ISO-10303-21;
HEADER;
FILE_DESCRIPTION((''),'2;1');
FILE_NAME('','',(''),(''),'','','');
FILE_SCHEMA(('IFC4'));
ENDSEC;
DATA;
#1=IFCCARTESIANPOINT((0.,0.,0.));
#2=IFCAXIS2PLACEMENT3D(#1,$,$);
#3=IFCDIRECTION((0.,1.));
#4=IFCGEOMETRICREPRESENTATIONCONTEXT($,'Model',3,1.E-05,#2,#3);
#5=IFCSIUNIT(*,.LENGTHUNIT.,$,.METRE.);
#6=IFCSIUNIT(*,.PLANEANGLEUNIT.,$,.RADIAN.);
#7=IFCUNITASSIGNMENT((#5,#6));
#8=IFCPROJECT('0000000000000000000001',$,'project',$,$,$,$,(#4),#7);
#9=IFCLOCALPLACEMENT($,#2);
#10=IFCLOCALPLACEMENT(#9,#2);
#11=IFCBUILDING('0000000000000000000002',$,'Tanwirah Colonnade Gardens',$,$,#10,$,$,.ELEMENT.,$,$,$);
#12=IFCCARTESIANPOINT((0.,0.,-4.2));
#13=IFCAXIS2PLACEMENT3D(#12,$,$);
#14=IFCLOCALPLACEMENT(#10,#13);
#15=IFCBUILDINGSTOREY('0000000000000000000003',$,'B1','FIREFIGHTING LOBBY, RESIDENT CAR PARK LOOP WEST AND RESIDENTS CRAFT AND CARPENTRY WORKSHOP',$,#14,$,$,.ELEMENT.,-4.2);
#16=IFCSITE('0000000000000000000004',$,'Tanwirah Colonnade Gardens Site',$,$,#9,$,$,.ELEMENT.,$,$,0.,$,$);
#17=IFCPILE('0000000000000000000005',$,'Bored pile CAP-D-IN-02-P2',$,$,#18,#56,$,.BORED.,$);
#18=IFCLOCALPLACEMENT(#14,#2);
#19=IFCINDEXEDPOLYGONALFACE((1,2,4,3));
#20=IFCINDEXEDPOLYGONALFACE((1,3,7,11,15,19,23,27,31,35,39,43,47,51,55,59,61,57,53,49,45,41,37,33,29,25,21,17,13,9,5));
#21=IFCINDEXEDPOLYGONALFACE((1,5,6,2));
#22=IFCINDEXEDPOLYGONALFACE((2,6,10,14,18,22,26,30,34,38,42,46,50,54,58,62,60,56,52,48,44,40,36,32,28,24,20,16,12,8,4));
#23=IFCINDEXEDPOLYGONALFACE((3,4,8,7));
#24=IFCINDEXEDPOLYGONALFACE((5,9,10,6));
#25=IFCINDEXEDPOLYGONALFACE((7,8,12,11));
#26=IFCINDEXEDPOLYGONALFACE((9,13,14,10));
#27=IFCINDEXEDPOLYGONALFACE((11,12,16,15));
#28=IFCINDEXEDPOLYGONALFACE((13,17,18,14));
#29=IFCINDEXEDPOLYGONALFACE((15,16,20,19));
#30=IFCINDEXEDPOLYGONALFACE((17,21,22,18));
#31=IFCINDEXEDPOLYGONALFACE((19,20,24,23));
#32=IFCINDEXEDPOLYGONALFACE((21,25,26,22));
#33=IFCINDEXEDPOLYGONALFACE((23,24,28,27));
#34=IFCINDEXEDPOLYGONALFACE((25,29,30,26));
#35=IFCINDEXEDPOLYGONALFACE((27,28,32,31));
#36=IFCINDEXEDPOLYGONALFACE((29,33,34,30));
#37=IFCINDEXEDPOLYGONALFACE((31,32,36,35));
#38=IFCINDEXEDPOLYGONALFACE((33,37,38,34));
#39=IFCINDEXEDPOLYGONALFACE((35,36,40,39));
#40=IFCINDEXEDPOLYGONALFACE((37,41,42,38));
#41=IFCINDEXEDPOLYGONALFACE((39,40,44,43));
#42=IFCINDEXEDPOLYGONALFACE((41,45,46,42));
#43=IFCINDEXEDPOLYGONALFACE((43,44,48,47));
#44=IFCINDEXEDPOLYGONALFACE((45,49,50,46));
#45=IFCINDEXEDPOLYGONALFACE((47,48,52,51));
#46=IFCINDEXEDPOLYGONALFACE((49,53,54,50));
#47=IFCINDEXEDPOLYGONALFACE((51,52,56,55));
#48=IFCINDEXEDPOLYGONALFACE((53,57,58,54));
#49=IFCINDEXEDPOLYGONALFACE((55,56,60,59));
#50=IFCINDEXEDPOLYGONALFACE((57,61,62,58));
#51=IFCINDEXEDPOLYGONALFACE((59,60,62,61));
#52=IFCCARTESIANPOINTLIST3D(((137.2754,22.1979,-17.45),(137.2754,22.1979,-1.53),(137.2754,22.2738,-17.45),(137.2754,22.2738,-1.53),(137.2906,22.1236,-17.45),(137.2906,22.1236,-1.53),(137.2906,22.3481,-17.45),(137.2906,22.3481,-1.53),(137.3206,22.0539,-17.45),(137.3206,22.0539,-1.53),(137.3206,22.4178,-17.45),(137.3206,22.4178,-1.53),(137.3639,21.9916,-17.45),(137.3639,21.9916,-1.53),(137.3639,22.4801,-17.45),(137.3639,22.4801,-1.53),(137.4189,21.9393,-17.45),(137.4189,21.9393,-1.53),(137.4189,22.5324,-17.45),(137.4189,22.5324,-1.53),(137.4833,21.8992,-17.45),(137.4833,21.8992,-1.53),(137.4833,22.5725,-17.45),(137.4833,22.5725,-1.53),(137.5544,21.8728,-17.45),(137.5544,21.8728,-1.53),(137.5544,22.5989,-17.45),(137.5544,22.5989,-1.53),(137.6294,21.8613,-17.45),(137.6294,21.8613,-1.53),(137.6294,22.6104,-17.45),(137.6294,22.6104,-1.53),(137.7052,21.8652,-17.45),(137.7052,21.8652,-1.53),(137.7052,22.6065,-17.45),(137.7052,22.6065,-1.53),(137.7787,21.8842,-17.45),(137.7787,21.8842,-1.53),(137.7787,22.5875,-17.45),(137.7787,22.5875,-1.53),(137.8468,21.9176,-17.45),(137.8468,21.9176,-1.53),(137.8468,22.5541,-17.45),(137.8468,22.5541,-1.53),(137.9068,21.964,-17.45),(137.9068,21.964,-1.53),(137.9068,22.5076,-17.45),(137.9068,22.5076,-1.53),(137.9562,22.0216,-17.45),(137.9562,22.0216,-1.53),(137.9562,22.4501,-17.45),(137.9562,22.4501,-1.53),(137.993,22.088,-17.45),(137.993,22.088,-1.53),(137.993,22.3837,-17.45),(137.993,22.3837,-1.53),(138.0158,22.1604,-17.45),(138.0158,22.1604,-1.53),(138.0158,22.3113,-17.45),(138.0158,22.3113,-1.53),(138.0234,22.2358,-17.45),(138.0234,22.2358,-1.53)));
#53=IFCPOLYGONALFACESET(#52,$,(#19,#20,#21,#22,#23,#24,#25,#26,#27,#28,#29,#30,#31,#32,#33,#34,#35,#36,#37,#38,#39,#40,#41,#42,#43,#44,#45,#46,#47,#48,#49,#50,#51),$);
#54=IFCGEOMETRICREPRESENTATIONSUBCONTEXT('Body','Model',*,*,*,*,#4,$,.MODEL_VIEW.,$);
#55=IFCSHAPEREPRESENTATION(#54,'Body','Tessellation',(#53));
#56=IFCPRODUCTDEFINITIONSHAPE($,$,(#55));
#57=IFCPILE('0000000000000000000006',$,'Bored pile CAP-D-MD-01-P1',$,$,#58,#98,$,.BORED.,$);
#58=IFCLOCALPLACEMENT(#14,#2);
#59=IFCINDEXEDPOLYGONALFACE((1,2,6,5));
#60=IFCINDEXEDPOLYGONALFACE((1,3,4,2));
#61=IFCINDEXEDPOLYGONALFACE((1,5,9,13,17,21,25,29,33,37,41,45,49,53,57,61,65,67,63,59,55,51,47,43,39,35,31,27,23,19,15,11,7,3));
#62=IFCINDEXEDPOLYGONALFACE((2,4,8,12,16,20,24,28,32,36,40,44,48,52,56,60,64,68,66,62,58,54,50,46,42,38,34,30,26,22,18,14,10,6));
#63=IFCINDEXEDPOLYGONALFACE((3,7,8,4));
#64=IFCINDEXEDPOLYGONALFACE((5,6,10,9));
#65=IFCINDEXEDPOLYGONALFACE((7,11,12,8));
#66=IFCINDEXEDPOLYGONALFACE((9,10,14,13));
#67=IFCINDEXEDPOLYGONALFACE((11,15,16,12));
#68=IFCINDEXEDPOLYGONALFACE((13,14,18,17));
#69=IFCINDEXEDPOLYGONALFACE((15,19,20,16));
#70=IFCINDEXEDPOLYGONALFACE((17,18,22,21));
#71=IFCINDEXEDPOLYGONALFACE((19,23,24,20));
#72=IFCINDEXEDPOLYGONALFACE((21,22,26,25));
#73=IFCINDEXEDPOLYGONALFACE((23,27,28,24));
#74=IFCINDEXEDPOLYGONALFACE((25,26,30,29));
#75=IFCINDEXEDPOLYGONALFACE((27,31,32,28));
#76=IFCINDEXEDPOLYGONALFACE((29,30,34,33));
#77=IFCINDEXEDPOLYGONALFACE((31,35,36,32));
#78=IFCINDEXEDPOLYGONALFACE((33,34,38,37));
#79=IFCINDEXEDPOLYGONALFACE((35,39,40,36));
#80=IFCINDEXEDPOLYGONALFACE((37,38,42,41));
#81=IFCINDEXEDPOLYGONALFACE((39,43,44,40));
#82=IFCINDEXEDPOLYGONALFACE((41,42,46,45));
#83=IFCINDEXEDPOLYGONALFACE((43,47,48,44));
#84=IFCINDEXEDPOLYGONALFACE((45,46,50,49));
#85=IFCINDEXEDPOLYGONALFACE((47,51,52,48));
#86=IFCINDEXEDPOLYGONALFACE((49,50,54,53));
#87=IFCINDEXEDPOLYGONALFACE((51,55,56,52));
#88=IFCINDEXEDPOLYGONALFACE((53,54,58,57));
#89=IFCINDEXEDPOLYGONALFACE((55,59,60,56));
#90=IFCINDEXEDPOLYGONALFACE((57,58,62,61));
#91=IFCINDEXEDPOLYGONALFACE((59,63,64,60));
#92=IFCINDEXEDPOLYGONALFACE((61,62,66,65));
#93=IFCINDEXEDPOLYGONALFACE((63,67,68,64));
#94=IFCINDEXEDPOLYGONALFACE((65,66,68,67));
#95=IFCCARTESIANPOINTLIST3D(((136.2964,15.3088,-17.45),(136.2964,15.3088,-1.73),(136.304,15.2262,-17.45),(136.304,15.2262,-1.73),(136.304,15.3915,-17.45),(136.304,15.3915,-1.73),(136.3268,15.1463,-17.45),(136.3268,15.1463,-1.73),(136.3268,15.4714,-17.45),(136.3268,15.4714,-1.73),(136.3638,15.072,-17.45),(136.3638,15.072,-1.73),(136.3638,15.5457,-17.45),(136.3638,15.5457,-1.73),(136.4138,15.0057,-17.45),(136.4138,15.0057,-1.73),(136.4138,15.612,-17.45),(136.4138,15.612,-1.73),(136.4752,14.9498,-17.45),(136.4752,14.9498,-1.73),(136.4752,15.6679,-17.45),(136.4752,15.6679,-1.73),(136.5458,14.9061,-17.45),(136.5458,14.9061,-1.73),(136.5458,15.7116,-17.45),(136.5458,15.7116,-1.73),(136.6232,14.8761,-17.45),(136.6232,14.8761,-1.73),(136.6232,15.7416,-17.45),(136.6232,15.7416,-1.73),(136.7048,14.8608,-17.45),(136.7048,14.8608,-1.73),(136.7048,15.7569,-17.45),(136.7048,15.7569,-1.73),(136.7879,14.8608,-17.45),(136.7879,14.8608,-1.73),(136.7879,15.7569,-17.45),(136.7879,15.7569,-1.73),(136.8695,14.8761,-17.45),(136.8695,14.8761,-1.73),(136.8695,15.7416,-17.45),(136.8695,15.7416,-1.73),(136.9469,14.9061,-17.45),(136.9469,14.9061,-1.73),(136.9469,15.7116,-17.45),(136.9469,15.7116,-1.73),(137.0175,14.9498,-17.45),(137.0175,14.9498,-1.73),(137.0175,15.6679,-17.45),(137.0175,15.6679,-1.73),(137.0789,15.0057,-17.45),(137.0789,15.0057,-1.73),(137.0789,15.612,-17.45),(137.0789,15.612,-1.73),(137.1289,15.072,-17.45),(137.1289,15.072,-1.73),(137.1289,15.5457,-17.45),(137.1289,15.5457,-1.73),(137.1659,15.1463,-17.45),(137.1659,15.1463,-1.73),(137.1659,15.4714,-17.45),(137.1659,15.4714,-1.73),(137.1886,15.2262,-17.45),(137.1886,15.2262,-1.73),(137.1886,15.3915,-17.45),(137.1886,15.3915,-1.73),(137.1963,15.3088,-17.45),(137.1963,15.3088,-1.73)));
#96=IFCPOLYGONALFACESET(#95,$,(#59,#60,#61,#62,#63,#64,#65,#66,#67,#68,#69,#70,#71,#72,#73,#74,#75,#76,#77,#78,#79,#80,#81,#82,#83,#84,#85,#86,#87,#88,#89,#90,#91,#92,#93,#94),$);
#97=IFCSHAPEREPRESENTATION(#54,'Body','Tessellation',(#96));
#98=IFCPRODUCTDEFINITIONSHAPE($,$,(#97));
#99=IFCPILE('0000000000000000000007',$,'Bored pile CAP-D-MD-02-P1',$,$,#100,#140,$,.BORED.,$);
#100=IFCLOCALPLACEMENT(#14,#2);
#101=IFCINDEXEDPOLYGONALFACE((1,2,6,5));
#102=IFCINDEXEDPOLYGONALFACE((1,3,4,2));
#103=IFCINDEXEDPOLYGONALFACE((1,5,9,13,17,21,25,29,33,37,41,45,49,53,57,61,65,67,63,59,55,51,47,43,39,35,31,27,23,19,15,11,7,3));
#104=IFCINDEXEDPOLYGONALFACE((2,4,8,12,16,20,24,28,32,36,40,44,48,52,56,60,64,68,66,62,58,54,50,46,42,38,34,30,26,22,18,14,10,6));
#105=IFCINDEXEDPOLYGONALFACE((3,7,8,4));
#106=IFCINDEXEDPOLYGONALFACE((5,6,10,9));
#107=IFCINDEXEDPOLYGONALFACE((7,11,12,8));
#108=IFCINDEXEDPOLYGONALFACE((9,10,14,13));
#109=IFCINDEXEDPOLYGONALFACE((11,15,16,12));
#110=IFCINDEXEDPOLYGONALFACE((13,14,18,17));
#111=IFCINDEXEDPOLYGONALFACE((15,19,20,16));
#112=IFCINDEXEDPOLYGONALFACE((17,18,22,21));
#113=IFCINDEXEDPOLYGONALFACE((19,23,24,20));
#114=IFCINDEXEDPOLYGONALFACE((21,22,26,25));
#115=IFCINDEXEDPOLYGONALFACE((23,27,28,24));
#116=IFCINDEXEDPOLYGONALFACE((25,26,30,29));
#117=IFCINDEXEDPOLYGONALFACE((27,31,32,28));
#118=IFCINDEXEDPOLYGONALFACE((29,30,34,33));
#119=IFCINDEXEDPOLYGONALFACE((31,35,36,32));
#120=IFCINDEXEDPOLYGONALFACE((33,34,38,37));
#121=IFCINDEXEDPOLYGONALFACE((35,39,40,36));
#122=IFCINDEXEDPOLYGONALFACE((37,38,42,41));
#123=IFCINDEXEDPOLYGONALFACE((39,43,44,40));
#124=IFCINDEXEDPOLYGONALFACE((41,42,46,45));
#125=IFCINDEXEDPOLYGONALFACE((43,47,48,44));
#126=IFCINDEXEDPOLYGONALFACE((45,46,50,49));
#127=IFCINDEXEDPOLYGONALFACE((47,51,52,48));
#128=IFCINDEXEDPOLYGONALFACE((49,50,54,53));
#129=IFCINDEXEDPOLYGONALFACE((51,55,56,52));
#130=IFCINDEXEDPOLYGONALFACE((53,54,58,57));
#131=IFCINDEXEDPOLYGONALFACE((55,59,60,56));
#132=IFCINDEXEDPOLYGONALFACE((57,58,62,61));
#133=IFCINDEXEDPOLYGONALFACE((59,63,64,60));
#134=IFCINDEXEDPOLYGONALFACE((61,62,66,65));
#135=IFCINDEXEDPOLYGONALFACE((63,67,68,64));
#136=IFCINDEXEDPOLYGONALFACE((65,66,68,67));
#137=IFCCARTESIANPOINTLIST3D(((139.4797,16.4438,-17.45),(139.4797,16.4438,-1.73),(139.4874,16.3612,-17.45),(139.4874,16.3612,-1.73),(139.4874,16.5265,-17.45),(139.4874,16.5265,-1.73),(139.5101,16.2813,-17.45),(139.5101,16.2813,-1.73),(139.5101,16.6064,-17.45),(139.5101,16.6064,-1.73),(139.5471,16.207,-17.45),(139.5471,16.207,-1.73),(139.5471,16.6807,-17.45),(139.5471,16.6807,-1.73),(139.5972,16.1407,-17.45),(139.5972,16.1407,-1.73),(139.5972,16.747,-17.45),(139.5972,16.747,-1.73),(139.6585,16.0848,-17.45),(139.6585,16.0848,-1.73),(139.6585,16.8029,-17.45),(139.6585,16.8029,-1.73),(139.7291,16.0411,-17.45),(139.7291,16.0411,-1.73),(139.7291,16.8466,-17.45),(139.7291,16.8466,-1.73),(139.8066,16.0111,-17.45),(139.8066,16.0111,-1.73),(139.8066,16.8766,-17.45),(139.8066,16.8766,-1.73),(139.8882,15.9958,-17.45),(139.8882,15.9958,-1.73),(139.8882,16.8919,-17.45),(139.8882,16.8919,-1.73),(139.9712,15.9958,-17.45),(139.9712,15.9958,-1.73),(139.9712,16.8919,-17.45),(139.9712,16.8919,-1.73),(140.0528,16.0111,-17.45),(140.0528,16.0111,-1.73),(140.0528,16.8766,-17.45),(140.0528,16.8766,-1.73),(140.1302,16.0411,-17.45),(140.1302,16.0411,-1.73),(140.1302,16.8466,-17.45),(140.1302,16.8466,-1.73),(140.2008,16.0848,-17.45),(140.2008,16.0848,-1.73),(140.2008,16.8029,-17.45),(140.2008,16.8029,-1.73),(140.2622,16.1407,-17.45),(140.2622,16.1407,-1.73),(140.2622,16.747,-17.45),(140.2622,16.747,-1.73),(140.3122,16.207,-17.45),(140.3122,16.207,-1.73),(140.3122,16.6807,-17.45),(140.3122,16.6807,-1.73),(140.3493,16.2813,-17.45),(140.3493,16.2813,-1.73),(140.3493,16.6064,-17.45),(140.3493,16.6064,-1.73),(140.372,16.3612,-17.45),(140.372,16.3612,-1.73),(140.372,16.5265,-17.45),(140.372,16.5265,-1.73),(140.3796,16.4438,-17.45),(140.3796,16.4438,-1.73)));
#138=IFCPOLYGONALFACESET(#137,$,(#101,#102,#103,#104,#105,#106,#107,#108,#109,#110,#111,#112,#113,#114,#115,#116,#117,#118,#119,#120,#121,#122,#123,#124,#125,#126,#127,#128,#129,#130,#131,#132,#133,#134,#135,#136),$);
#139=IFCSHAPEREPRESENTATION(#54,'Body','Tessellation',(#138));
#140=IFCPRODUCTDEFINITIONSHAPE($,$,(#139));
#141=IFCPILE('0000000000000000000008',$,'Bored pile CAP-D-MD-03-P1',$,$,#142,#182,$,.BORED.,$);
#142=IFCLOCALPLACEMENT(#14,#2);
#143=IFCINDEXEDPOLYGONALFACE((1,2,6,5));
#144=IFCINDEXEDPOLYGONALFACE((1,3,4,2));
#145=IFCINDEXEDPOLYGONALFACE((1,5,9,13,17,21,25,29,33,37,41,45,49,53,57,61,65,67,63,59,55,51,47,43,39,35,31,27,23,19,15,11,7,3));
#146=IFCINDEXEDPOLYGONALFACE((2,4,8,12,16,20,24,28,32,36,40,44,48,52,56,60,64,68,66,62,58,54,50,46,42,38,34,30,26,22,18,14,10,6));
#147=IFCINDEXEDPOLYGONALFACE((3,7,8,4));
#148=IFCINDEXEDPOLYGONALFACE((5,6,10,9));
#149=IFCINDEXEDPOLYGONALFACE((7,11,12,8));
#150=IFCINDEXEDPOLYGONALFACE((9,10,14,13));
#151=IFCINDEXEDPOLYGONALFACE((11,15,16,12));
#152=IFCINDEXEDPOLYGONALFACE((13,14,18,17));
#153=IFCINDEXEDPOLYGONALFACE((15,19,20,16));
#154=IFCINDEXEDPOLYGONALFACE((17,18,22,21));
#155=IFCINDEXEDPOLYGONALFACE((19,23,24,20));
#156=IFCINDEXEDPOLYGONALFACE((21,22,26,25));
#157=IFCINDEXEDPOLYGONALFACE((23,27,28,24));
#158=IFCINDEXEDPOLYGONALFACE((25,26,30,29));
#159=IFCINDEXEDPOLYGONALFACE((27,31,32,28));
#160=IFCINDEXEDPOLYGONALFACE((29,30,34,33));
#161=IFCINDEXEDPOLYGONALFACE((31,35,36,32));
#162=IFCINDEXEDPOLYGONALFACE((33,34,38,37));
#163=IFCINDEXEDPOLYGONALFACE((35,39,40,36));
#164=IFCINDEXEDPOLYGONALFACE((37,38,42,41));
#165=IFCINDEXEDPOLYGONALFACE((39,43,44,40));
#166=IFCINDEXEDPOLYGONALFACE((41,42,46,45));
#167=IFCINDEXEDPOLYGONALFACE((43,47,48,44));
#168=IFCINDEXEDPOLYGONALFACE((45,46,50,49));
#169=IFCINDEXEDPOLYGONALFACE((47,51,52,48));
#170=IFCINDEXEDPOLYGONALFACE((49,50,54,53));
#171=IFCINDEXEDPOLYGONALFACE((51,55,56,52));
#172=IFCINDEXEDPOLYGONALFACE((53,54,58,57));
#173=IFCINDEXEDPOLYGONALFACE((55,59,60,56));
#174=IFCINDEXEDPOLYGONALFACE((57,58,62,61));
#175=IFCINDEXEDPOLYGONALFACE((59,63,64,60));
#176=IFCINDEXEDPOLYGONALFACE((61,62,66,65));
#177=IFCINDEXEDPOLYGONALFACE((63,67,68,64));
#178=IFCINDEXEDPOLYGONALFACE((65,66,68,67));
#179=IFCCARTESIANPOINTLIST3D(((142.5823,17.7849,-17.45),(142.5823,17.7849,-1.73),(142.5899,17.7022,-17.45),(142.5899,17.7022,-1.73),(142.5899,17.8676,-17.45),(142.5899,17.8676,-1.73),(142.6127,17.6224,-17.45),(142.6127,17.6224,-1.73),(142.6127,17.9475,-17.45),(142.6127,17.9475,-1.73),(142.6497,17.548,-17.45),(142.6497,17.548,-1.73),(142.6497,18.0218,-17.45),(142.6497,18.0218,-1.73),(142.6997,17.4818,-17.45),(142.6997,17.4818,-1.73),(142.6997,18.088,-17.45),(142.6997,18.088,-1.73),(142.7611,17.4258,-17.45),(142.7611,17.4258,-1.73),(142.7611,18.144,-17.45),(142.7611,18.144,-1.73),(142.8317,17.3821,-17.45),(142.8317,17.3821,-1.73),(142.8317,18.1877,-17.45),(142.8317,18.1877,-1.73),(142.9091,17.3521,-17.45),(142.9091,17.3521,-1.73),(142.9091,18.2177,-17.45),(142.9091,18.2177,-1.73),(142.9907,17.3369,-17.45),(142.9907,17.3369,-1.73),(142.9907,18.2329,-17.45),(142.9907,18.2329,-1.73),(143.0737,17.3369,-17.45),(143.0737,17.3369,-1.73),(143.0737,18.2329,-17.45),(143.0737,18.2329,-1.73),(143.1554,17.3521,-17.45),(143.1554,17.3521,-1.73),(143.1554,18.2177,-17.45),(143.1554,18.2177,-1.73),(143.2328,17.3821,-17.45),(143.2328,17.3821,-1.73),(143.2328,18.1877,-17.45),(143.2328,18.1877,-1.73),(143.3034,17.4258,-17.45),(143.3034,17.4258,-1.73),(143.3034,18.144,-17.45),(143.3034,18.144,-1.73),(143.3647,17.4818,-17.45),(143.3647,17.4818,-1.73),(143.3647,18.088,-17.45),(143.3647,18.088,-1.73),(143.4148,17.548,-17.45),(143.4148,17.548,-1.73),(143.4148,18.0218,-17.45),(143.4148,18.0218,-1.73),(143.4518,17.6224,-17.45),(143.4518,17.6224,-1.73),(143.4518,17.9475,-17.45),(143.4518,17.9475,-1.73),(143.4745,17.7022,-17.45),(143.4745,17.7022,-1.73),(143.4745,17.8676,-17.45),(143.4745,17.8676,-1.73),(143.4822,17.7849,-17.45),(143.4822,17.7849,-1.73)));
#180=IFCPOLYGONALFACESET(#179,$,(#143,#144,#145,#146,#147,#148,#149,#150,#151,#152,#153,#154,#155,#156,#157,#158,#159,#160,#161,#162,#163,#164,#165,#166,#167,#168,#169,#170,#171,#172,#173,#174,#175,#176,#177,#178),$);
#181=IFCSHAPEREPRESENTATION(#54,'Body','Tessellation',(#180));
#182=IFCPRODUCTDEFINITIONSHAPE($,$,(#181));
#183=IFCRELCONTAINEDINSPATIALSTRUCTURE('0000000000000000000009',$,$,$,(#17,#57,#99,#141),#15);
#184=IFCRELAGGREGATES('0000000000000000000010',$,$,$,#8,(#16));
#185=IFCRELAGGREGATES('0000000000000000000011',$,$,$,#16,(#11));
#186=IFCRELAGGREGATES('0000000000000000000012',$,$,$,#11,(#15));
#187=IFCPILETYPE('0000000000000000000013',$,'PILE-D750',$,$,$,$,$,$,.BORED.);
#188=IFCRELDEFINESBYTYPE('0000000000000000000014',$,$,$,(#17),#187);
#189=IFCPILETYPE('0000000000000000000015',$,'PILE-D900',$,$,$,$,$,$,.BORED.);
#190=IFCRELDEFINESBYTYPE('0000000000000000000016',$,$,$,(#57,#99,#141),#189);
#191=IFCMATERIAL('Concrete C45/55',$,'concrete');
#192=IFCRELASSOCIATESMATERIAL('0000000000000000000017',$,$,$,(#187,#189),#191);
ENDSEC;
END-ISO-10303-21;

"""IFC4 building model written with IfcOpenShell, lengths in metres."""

from ifc_helpers import new_model, si_unit, direction, frame, origin, origin_2d, place, context, subcontext, project, spatial, circle, extrude, material, material_profile, profile_set, type_object, element, save


model = new_model("IFC4")

# Units and contexts
model_context = context("Model", 3, precision=1e-05, world=origin(), true_north=direction((0.0, 1.0)))
body_context = subcontext(model_context, "Body", "Model", "MODEL_VIEW")
ifc_project = project(units=[si_unit("LENGTHUNIT", "METRE"), si_unit("PLANEANGLEUNIT", "RADIAN")], contexts=[model_context])

# Site, building, storey
site_placement = place(None, origin())
site = spatial("IfcSite", under=ifc_project, at=site_placement, Name="Tanwirah Colonnade Gardens Site", CompositionType="ELEMENT", RefElevation=0.0)
building_placement = place(site_placement, origin())
building = spatial("IfcBuilding", under=site, at=building_placement, Name="Tanwirah Colonnade Gardens", CompositionType="ELEMENT")
storey_placement = place(building_placement, frame((0.0, 0.0, -4.2)))
storey = spatial("IfcBuildingStorey", under=building, at=storey_placement, Name="B1", Description="FIREFIGHTING LOBBY, RESIDENT CAR PARK LOOP WEST AND RESIDENTS CRAFT AND CARPENTRY WORKSHOP", CompositionType="ELEMENT", Elevation=-4.2)

# Shared definitions
ifc_material_1 = material(Name="Concrete C45/55", Category="concrete")

# Piles
ifc_material_profile_1 = material_profile(ifc_material_1, circle(Radius=0.375, at=origin_2d()), Name="PILE D750")
ifc_profile_set_1 = profile_set([ifc_material_profile_1], Name="Concrete C45/55")
pile_type_1 = type_object("IfcPileType", Name="PILE-D750", PredefinedType="BORED", material=ifc_profile_set_1)
for number, where, z_axis, x_axis, name in (
    (1, (137.6484, 22.2358, -1.53), (0.0, 0.0, -1.0), (1.0, 0.0, 0.0), "Bored pile CAP-D-IN-02-P2"),
):
    element("IfcPile", number, at=place(storey_placement, frame(where, z_axis=z_axis, x_axis=x_axis)), inside=storey, type_object=pile_type_1, Name=name, PredefinedType="BORED", context=body_context, shape_type="SweptSolid", body=[
        extrude(circle(Radius=0.375, at=origin_2d()), origin(), (0.0, 0.0, 1.0), 15.9199),
    ])
ifc_material_profile_2 = material_profile(ifc_material_1, circle(Radius=0.45, at=origin_2d()), Name="PILE D900")
ifc_profile_set_2 = profile_set([ifc_material_profile_2], Name="Concrete C45/55")
pile_type_2 = type_object("IfcPileType", Name="PILE-D900", PredefinedType="BORED", material=ifc_profile_set_2)
for number, where, z_axis, x_axis, name in (
    (2, (136.7463, 15.3088, -1.73), (0.0, 0.0, -1.0), (1.0, 0.0, 0.0), "Bored pile CAP-D-MD-01-P1"),
    (3, (139.9297, 16.4438, -1.73), (0.0, 0.0, -1.0), (1.0, 0.0, 0.0), "Bored pile CAP-D-MD-02-P1"),
    (4, (143.0322, 17.7849, -1.73), (0.0, 0.0, -1.0), (1.0, 0.0, 0.0), "Bored pile CAP-D-MD-03-P1"),
):
    element("IfcPile", number, at=place(storey_placement, frame(where, z_axis=z_axis, x_axis=x_axis)), inside=storey, type_object=pile_type_2, Name=name, PredefinedType="BORED", context=body_context, shape_type="SweptSolid", body=[
        extrude(circle(Radius=0.45, at=origin_2d()), origin(), (0.0, 0.0, 1.0), 15.72),
    ])

save(model, "model.ifc")
